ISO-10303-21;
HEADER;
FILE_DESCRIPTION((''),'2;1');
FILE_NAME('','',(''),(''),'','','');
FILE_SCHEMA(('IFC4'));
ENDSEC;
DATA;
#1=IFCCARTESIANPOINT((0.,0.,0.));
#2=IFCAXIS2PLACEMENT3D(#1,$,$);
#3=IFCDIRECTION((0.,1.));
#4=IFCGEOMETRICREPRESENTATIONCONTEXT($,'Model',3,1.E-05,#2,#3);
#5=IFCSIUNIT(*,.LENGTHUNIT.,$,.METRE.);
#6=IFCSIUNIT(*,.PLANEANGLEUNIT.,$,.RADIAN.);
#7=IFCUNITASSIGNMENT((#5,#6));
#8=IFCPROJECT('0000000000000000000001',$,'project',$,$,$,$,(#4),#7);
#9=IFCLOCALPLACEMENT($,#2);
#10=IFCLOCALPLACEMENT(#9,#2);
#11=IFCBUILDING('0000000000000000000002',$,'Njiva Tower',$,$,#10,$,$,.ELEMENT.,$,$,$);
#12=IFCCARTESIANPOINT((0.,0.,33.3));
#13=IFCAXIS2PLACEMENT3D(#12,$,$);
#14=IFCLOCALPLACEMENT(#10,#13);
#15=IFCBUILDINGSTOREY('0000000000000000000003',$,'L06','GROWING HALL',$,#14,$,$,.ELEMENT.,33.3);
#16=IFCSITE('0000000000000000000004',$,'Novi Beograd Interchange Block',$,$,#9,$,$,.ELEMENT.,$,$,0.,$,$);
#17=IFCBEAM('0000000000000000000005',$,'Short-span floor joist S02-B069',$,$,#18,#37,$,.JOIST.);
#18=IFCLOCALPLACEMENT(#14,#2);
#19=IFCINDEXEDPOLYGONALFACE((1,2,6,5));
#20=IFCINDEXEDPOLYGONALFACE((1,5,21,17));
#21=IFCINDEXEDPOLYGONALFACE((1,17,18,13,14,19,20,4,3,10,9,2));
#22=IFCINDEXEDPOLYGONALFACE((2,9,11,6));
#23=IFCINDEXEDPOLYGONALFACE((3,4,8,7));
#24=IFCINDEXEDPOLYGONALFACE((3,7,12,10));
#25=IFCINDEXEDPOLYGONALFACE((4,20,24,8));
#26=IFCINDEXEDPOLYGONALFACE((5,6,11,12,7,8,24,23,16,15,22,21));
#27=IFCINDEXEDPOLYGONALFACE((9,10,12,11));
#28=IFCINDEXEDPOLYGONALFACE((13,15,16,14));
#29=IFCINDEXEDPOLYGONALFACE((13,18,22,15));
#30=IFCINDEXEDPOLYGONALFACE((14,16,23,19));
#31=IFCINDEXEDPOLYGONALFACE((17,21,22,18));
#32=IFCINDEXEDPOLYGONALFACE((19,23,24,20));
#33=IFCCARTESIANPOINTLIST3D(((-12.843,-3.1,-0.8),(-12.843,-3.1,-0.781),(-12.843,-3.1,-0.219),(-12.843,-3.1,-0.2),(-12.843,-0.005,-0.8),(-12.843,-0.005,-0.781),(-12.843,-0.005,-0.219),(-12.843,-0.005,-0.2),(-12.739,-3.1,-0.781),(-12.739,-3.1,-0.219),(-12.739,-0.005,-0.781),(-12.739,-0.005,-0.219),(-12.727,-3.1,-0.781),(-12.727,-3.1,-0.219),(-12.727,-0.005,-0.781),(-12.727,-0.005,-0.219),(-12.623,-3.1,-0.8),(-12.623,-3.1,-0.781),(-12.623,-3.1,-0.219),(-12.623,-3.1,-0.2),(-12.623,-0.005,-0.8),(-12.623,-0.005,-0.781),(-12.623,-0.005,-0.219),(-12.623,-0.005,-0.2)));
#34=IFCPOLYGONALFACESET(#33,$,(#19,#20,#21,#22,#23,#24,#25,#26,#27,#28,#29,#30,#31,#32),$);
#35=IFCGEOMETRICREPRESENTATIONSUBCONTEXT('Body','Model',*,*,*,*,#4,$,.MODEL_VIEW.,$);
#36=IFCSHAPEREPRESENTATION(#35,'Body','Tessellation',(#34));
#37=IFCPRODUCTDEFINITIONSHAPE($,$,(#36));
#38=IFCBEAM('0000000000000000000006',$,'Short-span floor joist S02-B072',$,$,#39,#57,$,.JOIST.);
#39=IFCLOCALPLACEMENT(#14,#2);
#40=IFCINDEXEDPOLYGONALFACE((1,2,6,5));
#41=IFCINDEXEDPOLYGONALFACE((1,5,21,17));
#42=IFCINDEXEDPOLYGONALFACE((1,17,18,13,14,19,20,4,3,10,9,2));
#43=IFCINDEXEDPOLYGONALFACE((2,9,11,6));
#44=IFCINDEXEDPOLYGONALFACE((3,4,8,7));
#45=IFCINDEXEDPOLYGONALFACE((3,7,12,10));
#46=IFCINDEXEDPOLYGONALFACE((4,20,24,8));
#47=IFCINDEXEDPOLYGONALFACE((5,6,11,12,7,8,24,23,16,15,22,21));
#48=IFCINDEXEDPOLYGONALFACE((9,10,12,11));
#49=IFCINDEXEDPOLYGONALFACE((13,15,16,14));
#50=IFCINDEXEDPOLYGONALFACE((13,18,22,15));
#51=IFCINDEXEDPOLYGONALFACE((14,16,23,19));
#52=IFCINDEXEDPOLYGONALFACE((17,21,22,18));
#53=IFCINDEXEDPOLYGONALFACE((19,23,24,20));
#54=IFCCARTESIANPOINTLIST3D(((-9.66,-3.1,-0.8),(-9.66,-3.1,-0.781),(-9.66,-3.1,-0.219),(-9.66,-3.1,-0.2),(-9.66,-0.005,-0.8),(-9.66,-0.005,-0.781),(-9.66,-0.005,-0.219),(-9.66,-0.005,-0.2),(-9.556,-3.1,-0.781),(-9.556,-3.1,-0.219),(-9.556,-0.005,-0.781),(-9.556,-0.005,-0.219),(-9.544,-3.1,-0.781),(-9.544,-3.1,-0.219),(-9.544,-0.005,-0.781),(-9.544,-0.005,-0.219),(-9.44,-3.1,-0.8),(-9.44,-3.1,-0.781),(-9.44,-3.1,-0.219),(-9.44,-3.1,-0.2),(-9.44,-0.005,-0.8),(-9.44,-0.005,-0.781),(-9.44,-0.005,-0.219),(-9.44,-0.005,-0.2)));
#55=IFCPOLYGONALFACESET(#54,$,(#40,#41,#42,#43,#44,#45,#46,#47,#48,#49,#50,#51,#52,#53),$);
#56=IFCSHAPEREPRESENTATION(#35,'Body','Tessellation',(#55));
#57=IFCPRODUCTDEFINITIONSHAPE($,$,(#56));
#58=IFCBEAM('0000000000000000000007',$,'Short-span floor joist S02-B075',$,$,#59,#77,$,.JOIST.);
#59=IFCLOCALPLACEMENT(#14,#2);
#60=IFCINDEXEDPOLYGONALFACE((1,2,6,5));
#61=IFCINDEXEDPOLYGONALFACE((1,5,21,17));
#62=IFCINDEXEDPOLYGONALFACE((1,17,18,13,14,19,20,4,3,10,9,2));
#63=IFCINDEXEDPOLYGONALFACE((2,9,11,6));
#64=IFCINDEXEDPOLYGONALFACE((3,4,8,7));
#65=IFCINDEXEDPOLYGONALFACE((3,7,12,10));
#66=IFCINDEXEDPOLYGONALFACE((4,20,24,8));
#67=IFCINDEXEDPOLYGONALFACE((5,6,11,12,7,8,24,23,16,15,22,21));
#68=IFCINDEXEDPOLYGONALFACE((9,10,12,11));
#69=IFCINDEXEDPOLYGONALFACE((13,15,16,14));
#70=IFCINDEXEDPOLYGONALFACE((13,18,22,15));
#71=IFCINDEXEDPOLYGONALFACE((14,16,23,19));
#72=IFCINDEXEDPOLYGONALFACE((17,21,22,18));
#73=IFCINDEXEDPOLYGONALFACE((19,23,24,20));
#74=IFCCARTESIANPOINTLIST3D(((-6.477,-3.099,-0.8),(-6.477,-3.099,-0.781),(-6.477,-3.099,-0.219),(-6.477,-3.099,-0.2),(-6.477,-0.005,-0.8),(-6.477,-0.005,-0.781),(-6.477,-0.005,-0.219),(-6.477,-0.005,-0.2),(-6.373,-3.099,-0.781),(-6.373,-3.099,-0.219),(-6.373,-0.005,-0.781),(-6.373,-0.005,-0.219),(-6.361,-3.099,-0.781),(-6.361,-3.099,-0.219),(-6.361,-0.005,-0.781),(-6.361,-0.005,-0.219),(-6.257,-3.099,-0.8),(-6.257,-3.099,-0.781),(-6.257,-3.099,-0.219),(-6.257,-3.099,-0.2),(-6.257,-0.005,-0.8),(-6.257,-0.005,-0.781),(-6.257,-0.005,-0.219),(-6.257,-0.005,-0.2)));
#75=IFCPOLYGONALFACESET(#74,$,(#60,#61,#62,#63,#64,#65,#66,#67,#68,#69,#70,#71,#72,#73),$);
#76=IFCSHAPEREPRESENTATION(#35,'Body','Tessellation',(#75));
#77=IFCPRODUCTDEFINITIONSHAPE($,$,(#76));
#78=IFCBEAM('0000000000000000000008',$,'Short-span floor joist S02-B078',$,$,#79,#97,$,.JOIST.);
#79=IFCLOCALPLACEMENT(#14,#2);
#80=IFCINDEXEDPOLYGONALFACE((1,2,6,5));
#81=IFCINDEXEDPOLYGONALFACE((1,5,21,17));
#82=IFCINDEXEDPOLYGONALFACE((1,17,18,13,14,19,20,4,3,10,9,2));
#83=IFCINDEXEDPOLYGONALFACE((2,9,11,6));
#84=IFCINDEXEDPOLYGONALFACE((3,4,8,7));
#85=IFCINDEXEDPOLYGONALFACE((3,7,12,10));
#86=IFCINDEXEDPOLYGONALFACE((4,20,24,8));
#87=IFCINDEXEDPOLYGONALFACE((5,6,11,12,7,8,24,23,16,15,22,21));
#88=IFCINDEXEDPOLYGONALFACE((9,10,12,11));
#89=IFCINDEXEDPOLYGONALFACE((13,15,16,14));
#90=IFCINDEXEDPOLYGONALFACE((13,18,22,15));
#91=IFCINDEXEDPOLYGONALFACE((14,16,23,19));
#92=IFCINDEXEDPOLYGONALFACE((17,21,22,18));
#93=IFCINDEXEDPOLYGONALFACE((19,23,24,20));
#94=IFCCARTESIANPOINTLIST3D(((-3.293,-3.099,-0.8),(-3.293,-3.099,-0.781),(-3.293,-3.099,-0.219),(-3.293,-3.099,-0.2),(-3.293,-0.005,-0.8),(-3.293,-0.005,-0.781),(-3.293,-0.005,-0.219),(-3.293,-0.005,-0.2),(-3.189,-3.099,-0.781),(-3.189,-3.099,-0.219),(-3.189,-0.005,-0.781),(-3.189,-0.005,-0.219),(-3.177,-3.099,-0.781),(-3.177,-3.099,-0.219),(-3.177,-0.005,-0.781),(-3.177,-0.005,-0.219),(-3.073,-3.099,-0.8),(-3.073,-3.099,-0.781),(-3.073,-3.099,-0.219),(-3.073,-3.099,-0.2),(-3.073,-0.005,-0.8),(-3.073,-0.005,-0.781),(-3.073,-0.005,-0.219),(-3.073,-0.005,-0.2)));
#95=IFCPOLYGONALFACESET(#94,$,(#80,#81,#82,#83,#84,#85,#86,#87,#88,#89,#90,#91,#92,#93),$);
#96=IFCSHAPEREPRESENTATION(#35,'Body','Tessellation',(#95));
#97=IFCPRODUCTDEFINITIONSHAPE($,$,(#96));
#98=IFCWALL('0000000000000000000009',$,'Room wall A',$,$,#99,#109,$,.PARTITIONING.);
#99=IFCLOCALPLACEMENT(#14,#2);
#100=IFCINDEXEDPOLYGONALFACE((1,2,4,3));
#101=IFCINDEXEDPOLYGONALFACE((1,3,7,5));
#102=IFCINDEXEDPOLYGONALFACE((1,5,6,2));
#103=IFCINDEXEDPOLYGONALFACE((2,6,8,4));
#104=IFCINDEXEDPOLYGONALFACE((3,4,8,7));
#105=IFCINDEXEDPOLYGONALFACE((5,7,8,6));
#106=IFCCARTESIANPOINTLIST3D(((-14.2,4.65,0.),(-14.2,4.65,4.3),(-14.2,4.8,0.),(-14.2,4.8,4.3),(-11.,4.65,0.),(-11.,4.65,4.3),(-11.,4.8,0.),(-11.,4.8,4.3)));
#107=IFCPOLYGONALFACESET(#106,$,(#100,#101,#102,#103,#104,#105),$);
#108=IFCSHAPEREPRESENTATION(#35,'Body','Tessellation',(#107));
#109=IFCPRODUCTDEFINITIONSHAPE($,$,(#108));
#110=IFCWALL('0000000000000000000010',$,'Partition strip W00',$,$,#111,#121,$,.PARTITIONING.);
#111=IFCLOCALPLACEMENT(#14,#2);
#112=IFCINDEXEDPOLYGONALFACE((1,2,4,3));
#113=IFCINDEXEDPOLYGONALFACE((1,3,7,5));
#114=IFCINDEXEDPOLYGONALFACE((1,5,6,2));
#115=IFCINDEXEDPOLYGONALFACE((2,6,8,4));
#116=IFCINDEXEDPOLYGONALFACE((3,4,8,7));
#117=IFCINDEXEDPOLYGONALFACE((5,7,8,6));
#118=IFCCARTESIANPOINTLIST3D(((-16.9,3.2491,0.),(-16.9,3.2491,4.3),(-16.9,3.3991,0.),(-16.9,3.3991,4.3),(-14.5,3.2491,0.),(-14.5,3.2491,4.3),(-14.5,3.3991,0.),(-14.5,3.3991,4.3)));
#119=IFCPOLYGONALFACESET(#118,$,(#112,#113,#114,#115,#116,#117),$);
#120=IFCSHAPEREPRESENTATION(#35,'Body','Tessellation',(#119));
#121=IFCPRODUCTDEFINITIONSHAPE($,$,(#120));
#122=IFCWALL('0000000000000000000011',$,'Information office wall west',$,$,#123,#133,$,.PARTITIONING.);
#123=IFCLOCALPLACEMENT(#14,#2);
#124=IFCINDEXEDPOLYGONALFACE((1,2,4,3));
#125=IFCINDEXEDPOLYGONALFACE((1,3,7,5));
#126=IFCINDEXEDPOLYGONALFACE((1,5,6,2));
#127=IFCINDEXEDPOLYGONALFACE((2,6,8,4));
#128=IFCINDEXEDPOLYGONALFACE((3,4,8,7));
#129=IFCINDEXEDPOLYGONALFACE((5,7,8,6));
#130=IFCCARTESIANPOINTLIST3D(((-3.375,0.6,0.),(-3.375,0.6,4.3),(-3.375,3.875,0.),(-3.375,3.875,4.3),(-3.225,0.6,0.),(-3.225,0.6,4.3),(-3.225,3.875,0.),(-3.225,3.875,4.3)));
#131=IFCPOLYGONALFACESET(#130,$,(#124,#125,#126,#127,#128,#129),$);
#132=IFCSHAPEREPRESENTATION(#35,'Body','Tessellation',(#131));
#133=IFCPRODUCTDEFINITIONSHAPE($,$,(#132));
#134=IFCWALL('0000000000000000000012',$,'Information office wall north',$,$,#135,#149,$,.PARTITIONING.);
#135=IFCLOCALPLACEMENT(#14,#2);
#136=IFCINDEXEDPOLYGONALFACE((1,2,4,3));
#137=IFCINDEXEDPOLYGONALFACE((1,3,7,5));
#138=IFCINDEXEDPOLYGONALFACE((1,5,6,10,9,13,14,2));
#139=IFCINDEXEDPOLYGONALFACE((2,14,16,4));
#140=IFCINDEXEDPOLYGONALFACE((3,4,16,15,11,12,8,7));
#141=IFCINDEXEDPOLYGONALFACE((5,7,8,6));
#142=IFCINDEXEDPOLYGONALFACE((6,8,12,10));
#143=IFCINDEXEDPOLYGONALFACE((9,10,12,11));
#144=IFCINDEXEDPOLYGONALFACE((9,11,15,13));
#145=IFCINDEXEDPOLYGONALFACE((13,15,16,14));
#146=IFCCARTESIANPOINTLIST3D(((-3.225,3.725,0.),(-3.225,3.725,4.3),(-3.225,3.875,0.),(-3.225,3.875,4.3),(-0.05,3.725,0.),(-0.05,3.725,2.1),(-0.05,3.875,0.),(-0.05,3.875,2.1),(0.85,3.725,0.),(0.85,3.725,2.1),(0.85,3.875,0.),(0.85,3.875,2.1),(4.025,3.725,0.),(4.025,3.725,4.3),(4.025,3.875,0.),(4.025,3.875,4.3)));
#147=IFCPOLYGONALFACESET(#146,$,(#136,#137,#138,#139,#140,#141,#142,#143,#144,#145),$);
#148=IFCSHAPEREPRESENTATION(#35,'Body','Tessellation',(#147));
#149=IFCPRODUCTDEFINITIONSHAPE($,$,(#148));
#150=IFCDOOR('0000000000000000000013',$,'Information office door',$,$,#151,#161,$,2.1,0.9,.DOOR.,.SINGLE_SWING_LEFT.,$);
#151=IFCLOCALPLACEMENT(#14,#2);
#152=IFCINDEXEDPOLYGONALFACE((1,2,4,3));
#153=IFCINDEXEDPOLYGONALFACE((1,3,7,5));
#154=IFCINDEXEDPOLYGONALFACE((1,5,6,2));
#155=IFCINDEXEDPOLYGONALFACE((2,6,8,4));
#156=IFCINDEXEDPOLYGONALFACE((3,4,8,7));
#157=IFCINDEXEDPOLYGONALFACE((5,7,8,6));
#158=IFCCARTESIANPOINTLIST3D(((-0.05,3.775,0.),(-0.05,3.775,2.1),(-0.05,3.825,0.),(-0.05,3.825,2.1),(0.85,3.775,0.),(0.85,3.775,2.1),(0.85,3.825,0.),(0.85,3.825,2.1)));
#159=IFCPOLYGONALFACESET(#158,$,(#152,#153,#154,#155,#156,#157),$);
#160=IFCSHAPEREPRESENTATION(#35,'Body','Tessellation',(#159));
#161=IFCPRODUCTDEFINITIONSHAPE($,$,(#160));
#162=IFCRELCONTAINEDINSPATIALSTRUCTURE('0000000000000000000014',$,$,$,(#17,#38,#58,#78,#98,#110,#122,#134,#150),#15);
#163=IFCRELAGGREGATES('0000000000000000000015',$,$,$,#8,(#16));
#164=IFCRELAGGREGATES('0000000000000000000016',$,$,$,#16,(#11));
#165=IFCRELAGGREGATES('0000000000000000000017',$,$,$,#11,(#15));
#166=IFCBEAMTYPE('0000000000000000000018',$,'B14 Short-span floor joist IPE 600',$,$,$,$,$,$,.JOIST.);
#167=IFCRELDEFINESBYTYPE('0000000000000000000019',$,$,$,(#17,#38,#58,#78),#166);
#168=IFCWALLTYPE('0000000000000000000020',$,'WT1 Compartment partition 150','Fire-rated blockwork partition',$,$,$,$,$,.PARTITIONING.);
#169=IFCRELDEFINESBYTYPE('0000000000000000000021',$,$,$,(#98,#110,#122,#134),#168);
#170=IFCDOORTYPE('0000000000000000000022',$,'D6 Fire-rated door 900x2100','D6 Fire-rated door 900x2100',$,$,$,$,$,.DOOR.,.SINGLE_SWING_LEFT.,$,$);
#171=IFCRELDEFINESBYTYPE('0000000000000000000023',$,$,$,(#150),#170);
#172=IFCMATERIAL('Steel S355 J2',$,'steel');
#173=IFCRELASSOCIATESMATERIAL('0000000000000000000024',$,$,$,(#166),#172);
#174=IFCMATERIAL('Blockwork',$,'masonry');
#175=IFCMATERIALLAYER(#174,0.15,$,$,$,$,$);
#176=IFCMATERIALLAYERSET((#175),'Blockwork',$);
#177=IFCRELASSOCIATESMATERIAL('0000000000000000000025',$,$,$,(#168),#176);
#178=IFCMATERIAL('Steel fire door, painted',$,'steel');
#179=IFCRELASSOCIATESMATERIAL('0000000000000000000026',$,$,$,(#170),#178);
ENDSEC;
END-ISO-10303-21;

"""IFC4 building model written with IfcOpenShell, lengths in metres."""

from ifc_helpers import new_model, si_unit, direction, frame, frame_2d, origin, origin_2d, place, context, subcontext, project, spatial, rectangle, i_section, extrude, material, layer, layer_set, material_profile, profile_set, type_object, element, fill, save


model = new_model("IFC4")

# Units and contexts
model_context = context("Model", 3, precision=1e-05, world=origin(), true_north=direction((0.0, 1.0)))
body_context = subcontext(model_context, "Body", "Model", "MODEL_VIEW")
ifc_project = project(units=[si_unit("LENGTHUNIT", "METRE"), si_unit("PLANEANGLEUNIT", "RADIAN")], contexts=[model_context])

# Site, building, storey
site_placement = place(None, origin())
site = spatial("IfcSite", under=ifc_project, at=site_placement, Name="Novi Beograd Interchange Block", CompositionType="ELEMENT", RefElevation=0.0)
building_placement = place(site_placement, origin())
building = spatial("IfcBuilding", under=site, at=building_placement, Name="Njiva Tower", CompositionType="ELEMENT")
storey_placement = place(building_placement, frame((0.0, 0.0, 33.3)))
storey = spatial("IfcBuildingStorey", under=building, at=storey_placement, Name="L06", Description="GROWING HALL", CompositionType="ELEMENT", Elevation=33.3)

# Beams
ifc_material_1 = material(Name="Steel S355 J2", Category="steel")
ifc_material_profile = material_profile(ifc_material_1, i_section(OverallWidth=0.22, OverallDepth=0.6, WebThickness=0.012, FlangeThickness=0.019, at=origin_2d()), Name="IPE 600")
ifc_profile_set = profile_set([ifc_material_profile], Name="Steel S355 J2")
beam_type = type_object("IfcBeamType", Name="B14 Short-span floor joist IPE 600", PredefinedType="JOIST", material=ifc_profile_set)
for number, where, z_axis, x_axis, name in (
    (1, (-12.733, -0.005, -0.5), (0.0, -1.0, 0.0), (1.0, 0.0, 0.0), "Short-span floor joist S02-B069"),
    (2, (-9.55, -0.005, -0.5), (0.0, -1.0, 0.0), (1.0, 0.0, 0.0), "Short-span floor joist S02-B072"),
):
    element("IfcBeam", number, at=place(storey_placement, frame(where, z_axis=z_axis, x_axis=x_axis)), inside=storey, type_object=beam_type, Name=name, PredefinedType="JOIST", context=body_context, shape_type="SweptSolid", body=[
        extrude(i_section(OverallWidth=0.22, OverallDepth=0.6, WebThickness=0.012, FlangeThickness=0.019, at=origin_2d()), origin(), (0.0, 0.0, 1.0), 3.095),
    ])
for number, where, z_axis, x_axis, name in (
    (3, (-6.367, -0.005, -0.5), (0.0, -1.0, 0.0), (1.0, 0.0, 0.0), "Short-span floor joist S02-B075"),
    (4, (-3.183, -0.005, -0.5), (0.0, -1.0, 0.0), (1.0, 0.0, 0.0), "Short-span floor joist S02-B078"),
):
    element("IfcBeam", number, at=place(storey_placement, frame(where, z_axis=z_axis, x_axis=x_axis)), inside=storey, type_object=beam_type, Name=name, PredefinedType="JOIST", context=body_context, shape_type="SweptSolid", body=[
        extrude(i_section(OverallWidth=0.22, OverallDepth=0.6, WebThickness=0.012, FlangeThickness=0.019, at=origin_2d()), origin(), (0.0, 0.0, 1.0), 3.094),
    ])

# Walls
ifc_material_2 = material(Name="Blockwork", Category="masonry")
ifc_layer_1 = layer(ifc_material_2, 0.15)
ifc_layer_set_1 = layer_set([ifc_layer_1], Name="Blockwork")
wall_type_1 = type_object("IfcWallType", Name="WT1 Compartment partition 150", Description="Fire-rated blockwork partition", PredefinedType="PARTITIONING", material=ifc_layer_set_1)
wall_1_placement = place(storey_placement, frame((-14.2, 4.725, 0.0), z_axis=(0.0, 0.0, 1.0), x_axis=(1.0, 0.0, 0.0)))
element("IfcWall", 5, at=wall_1_placement, inside=storey, type_object=wall_type_1, Name="Room wall A", PredefinedType="PARTITIONING", context=body_context, shape_type="SweptSolid", body=[
    extrude(rectangle(XDim=3.2, YDim=0.15, at=frame_2d((1.6, 0.0))), origin(), (0.0, 0.0, 1.0), 4.3),
])
wall_2_placement = place(storey_placement, frame((-16.9, 3.3241, 0.0), z_axis=(0.0, 0.0, 1.0), x_axis=(1.0, 0.0, 0.0)))
element("IfcWall", 6, at=wall_2_placement, inside=storey, type_object=wall_type_1, Name="Partition strip W00", PredefinedType="PARTITIONING", context=body_context, shape_type="SweptSolid", body=[
    extrude(rectangle(XDim=2.4, YDim=0.15, at=frame_2d((1.2, 0.0))), origin(), (0.0, 0.0, 1.0), 4.3),
])
wall_3_placement = place(storey_placement, frame((-3.3, 0.6, 0.0), z_axis=(0.0, 0.0, 1.0), x_axis=(0.0, 1.0, 0.0)))
element("IfcWall", 7, at=wall_3_placement, inside=storey, type_object=wall_type_1, Name="Information office wall west", PredefinedType="PARTITIONING", context=body_context, shape_type="SweptSolid", body=[
    extrude(rectangle(XDim=3.275, YDim=0.15, at=frame_2d((1.6375, 0.0))), origin(), (0.0, 0.0, 1.0), 4.3),
])

# Wall, opening, door
wall_4_placement = place(storey_placement, frame((-3.225, 3.8, 0.0), z_axis=(0.0, 0.0, 1.0), x_axis=(1.0, 0.0, 0.0)))
wall_4 = element("IfcWall", 8, at=wall_4_placement, inside=storey, type_object=wall_type_1, Name="Information office wall north", PredefinedType="PARTITIONING", context=body_context, shape_type="SweptSolid", body=[
    extrude(rectangle(XDim=7.25, YDim=0.15, at=frame_2d((3.625, 0.0))), origin(), (0.0, 0.0, 1.0), 4.3),
])
opening_1_placement = place(wall_4_placement, frame((3.175, 0.0, 0.0)))
opening_1 = element("IfcOpeningElement", 9, at=opening_1_placement, cuts=wall_4, PredefinedType="OPENING", context=body_context, shape_type="SweptSolid", body=[
    extrude(rectangle(XDim=0.9, YDim=2.1, at=frame_2d((0.45, 1.05))), frame((0.0, 0.085, 0.0), z_axis=(0.0, -1.0, 0.0), x_axis=(1.0, 0.0, 0.0)), (0.0, 0.0, 1.0), 0.17),
])
ifc_material_3 = material(Name="Steel fire door, painted", Category="steel")
door_type_1 = type_object("IfcDoorType", Name="D6 Fire-rated door 900x2100", Description="D6 Fire-rated door 900x2100", OperationType="SINGLE_SWING_LEFT", PredefinedType="DOOR", material=ifc_material_3)
door_1_placement = place(opening_1_placement, origin())
door_1 = element("IfcDoor", 10, at=door_1_placement, inside=storey, type_object=door_type_1, Name="Information office door", OperationType="SINGLE_SWING_LEFT", OverallHeight=2.1, OverallWidth=0.9, PredefinedType="DOOR", context=body_context, shape_type="SweptSolid", body=[
    extrude(rectangle(XDim=0.9, YDim=2.1, at=frame_2d((0.45, 1.05))), frame((0.0, 0.025, 0.0), z_axis=(0.0, -1.0, 0.0), x_axis=(1.0, 0.0, 0.0)), (0.0, 0.0, 1.0), 0.05),
])
fill(opening_1, door_1)

save(model, "model.ifc")
